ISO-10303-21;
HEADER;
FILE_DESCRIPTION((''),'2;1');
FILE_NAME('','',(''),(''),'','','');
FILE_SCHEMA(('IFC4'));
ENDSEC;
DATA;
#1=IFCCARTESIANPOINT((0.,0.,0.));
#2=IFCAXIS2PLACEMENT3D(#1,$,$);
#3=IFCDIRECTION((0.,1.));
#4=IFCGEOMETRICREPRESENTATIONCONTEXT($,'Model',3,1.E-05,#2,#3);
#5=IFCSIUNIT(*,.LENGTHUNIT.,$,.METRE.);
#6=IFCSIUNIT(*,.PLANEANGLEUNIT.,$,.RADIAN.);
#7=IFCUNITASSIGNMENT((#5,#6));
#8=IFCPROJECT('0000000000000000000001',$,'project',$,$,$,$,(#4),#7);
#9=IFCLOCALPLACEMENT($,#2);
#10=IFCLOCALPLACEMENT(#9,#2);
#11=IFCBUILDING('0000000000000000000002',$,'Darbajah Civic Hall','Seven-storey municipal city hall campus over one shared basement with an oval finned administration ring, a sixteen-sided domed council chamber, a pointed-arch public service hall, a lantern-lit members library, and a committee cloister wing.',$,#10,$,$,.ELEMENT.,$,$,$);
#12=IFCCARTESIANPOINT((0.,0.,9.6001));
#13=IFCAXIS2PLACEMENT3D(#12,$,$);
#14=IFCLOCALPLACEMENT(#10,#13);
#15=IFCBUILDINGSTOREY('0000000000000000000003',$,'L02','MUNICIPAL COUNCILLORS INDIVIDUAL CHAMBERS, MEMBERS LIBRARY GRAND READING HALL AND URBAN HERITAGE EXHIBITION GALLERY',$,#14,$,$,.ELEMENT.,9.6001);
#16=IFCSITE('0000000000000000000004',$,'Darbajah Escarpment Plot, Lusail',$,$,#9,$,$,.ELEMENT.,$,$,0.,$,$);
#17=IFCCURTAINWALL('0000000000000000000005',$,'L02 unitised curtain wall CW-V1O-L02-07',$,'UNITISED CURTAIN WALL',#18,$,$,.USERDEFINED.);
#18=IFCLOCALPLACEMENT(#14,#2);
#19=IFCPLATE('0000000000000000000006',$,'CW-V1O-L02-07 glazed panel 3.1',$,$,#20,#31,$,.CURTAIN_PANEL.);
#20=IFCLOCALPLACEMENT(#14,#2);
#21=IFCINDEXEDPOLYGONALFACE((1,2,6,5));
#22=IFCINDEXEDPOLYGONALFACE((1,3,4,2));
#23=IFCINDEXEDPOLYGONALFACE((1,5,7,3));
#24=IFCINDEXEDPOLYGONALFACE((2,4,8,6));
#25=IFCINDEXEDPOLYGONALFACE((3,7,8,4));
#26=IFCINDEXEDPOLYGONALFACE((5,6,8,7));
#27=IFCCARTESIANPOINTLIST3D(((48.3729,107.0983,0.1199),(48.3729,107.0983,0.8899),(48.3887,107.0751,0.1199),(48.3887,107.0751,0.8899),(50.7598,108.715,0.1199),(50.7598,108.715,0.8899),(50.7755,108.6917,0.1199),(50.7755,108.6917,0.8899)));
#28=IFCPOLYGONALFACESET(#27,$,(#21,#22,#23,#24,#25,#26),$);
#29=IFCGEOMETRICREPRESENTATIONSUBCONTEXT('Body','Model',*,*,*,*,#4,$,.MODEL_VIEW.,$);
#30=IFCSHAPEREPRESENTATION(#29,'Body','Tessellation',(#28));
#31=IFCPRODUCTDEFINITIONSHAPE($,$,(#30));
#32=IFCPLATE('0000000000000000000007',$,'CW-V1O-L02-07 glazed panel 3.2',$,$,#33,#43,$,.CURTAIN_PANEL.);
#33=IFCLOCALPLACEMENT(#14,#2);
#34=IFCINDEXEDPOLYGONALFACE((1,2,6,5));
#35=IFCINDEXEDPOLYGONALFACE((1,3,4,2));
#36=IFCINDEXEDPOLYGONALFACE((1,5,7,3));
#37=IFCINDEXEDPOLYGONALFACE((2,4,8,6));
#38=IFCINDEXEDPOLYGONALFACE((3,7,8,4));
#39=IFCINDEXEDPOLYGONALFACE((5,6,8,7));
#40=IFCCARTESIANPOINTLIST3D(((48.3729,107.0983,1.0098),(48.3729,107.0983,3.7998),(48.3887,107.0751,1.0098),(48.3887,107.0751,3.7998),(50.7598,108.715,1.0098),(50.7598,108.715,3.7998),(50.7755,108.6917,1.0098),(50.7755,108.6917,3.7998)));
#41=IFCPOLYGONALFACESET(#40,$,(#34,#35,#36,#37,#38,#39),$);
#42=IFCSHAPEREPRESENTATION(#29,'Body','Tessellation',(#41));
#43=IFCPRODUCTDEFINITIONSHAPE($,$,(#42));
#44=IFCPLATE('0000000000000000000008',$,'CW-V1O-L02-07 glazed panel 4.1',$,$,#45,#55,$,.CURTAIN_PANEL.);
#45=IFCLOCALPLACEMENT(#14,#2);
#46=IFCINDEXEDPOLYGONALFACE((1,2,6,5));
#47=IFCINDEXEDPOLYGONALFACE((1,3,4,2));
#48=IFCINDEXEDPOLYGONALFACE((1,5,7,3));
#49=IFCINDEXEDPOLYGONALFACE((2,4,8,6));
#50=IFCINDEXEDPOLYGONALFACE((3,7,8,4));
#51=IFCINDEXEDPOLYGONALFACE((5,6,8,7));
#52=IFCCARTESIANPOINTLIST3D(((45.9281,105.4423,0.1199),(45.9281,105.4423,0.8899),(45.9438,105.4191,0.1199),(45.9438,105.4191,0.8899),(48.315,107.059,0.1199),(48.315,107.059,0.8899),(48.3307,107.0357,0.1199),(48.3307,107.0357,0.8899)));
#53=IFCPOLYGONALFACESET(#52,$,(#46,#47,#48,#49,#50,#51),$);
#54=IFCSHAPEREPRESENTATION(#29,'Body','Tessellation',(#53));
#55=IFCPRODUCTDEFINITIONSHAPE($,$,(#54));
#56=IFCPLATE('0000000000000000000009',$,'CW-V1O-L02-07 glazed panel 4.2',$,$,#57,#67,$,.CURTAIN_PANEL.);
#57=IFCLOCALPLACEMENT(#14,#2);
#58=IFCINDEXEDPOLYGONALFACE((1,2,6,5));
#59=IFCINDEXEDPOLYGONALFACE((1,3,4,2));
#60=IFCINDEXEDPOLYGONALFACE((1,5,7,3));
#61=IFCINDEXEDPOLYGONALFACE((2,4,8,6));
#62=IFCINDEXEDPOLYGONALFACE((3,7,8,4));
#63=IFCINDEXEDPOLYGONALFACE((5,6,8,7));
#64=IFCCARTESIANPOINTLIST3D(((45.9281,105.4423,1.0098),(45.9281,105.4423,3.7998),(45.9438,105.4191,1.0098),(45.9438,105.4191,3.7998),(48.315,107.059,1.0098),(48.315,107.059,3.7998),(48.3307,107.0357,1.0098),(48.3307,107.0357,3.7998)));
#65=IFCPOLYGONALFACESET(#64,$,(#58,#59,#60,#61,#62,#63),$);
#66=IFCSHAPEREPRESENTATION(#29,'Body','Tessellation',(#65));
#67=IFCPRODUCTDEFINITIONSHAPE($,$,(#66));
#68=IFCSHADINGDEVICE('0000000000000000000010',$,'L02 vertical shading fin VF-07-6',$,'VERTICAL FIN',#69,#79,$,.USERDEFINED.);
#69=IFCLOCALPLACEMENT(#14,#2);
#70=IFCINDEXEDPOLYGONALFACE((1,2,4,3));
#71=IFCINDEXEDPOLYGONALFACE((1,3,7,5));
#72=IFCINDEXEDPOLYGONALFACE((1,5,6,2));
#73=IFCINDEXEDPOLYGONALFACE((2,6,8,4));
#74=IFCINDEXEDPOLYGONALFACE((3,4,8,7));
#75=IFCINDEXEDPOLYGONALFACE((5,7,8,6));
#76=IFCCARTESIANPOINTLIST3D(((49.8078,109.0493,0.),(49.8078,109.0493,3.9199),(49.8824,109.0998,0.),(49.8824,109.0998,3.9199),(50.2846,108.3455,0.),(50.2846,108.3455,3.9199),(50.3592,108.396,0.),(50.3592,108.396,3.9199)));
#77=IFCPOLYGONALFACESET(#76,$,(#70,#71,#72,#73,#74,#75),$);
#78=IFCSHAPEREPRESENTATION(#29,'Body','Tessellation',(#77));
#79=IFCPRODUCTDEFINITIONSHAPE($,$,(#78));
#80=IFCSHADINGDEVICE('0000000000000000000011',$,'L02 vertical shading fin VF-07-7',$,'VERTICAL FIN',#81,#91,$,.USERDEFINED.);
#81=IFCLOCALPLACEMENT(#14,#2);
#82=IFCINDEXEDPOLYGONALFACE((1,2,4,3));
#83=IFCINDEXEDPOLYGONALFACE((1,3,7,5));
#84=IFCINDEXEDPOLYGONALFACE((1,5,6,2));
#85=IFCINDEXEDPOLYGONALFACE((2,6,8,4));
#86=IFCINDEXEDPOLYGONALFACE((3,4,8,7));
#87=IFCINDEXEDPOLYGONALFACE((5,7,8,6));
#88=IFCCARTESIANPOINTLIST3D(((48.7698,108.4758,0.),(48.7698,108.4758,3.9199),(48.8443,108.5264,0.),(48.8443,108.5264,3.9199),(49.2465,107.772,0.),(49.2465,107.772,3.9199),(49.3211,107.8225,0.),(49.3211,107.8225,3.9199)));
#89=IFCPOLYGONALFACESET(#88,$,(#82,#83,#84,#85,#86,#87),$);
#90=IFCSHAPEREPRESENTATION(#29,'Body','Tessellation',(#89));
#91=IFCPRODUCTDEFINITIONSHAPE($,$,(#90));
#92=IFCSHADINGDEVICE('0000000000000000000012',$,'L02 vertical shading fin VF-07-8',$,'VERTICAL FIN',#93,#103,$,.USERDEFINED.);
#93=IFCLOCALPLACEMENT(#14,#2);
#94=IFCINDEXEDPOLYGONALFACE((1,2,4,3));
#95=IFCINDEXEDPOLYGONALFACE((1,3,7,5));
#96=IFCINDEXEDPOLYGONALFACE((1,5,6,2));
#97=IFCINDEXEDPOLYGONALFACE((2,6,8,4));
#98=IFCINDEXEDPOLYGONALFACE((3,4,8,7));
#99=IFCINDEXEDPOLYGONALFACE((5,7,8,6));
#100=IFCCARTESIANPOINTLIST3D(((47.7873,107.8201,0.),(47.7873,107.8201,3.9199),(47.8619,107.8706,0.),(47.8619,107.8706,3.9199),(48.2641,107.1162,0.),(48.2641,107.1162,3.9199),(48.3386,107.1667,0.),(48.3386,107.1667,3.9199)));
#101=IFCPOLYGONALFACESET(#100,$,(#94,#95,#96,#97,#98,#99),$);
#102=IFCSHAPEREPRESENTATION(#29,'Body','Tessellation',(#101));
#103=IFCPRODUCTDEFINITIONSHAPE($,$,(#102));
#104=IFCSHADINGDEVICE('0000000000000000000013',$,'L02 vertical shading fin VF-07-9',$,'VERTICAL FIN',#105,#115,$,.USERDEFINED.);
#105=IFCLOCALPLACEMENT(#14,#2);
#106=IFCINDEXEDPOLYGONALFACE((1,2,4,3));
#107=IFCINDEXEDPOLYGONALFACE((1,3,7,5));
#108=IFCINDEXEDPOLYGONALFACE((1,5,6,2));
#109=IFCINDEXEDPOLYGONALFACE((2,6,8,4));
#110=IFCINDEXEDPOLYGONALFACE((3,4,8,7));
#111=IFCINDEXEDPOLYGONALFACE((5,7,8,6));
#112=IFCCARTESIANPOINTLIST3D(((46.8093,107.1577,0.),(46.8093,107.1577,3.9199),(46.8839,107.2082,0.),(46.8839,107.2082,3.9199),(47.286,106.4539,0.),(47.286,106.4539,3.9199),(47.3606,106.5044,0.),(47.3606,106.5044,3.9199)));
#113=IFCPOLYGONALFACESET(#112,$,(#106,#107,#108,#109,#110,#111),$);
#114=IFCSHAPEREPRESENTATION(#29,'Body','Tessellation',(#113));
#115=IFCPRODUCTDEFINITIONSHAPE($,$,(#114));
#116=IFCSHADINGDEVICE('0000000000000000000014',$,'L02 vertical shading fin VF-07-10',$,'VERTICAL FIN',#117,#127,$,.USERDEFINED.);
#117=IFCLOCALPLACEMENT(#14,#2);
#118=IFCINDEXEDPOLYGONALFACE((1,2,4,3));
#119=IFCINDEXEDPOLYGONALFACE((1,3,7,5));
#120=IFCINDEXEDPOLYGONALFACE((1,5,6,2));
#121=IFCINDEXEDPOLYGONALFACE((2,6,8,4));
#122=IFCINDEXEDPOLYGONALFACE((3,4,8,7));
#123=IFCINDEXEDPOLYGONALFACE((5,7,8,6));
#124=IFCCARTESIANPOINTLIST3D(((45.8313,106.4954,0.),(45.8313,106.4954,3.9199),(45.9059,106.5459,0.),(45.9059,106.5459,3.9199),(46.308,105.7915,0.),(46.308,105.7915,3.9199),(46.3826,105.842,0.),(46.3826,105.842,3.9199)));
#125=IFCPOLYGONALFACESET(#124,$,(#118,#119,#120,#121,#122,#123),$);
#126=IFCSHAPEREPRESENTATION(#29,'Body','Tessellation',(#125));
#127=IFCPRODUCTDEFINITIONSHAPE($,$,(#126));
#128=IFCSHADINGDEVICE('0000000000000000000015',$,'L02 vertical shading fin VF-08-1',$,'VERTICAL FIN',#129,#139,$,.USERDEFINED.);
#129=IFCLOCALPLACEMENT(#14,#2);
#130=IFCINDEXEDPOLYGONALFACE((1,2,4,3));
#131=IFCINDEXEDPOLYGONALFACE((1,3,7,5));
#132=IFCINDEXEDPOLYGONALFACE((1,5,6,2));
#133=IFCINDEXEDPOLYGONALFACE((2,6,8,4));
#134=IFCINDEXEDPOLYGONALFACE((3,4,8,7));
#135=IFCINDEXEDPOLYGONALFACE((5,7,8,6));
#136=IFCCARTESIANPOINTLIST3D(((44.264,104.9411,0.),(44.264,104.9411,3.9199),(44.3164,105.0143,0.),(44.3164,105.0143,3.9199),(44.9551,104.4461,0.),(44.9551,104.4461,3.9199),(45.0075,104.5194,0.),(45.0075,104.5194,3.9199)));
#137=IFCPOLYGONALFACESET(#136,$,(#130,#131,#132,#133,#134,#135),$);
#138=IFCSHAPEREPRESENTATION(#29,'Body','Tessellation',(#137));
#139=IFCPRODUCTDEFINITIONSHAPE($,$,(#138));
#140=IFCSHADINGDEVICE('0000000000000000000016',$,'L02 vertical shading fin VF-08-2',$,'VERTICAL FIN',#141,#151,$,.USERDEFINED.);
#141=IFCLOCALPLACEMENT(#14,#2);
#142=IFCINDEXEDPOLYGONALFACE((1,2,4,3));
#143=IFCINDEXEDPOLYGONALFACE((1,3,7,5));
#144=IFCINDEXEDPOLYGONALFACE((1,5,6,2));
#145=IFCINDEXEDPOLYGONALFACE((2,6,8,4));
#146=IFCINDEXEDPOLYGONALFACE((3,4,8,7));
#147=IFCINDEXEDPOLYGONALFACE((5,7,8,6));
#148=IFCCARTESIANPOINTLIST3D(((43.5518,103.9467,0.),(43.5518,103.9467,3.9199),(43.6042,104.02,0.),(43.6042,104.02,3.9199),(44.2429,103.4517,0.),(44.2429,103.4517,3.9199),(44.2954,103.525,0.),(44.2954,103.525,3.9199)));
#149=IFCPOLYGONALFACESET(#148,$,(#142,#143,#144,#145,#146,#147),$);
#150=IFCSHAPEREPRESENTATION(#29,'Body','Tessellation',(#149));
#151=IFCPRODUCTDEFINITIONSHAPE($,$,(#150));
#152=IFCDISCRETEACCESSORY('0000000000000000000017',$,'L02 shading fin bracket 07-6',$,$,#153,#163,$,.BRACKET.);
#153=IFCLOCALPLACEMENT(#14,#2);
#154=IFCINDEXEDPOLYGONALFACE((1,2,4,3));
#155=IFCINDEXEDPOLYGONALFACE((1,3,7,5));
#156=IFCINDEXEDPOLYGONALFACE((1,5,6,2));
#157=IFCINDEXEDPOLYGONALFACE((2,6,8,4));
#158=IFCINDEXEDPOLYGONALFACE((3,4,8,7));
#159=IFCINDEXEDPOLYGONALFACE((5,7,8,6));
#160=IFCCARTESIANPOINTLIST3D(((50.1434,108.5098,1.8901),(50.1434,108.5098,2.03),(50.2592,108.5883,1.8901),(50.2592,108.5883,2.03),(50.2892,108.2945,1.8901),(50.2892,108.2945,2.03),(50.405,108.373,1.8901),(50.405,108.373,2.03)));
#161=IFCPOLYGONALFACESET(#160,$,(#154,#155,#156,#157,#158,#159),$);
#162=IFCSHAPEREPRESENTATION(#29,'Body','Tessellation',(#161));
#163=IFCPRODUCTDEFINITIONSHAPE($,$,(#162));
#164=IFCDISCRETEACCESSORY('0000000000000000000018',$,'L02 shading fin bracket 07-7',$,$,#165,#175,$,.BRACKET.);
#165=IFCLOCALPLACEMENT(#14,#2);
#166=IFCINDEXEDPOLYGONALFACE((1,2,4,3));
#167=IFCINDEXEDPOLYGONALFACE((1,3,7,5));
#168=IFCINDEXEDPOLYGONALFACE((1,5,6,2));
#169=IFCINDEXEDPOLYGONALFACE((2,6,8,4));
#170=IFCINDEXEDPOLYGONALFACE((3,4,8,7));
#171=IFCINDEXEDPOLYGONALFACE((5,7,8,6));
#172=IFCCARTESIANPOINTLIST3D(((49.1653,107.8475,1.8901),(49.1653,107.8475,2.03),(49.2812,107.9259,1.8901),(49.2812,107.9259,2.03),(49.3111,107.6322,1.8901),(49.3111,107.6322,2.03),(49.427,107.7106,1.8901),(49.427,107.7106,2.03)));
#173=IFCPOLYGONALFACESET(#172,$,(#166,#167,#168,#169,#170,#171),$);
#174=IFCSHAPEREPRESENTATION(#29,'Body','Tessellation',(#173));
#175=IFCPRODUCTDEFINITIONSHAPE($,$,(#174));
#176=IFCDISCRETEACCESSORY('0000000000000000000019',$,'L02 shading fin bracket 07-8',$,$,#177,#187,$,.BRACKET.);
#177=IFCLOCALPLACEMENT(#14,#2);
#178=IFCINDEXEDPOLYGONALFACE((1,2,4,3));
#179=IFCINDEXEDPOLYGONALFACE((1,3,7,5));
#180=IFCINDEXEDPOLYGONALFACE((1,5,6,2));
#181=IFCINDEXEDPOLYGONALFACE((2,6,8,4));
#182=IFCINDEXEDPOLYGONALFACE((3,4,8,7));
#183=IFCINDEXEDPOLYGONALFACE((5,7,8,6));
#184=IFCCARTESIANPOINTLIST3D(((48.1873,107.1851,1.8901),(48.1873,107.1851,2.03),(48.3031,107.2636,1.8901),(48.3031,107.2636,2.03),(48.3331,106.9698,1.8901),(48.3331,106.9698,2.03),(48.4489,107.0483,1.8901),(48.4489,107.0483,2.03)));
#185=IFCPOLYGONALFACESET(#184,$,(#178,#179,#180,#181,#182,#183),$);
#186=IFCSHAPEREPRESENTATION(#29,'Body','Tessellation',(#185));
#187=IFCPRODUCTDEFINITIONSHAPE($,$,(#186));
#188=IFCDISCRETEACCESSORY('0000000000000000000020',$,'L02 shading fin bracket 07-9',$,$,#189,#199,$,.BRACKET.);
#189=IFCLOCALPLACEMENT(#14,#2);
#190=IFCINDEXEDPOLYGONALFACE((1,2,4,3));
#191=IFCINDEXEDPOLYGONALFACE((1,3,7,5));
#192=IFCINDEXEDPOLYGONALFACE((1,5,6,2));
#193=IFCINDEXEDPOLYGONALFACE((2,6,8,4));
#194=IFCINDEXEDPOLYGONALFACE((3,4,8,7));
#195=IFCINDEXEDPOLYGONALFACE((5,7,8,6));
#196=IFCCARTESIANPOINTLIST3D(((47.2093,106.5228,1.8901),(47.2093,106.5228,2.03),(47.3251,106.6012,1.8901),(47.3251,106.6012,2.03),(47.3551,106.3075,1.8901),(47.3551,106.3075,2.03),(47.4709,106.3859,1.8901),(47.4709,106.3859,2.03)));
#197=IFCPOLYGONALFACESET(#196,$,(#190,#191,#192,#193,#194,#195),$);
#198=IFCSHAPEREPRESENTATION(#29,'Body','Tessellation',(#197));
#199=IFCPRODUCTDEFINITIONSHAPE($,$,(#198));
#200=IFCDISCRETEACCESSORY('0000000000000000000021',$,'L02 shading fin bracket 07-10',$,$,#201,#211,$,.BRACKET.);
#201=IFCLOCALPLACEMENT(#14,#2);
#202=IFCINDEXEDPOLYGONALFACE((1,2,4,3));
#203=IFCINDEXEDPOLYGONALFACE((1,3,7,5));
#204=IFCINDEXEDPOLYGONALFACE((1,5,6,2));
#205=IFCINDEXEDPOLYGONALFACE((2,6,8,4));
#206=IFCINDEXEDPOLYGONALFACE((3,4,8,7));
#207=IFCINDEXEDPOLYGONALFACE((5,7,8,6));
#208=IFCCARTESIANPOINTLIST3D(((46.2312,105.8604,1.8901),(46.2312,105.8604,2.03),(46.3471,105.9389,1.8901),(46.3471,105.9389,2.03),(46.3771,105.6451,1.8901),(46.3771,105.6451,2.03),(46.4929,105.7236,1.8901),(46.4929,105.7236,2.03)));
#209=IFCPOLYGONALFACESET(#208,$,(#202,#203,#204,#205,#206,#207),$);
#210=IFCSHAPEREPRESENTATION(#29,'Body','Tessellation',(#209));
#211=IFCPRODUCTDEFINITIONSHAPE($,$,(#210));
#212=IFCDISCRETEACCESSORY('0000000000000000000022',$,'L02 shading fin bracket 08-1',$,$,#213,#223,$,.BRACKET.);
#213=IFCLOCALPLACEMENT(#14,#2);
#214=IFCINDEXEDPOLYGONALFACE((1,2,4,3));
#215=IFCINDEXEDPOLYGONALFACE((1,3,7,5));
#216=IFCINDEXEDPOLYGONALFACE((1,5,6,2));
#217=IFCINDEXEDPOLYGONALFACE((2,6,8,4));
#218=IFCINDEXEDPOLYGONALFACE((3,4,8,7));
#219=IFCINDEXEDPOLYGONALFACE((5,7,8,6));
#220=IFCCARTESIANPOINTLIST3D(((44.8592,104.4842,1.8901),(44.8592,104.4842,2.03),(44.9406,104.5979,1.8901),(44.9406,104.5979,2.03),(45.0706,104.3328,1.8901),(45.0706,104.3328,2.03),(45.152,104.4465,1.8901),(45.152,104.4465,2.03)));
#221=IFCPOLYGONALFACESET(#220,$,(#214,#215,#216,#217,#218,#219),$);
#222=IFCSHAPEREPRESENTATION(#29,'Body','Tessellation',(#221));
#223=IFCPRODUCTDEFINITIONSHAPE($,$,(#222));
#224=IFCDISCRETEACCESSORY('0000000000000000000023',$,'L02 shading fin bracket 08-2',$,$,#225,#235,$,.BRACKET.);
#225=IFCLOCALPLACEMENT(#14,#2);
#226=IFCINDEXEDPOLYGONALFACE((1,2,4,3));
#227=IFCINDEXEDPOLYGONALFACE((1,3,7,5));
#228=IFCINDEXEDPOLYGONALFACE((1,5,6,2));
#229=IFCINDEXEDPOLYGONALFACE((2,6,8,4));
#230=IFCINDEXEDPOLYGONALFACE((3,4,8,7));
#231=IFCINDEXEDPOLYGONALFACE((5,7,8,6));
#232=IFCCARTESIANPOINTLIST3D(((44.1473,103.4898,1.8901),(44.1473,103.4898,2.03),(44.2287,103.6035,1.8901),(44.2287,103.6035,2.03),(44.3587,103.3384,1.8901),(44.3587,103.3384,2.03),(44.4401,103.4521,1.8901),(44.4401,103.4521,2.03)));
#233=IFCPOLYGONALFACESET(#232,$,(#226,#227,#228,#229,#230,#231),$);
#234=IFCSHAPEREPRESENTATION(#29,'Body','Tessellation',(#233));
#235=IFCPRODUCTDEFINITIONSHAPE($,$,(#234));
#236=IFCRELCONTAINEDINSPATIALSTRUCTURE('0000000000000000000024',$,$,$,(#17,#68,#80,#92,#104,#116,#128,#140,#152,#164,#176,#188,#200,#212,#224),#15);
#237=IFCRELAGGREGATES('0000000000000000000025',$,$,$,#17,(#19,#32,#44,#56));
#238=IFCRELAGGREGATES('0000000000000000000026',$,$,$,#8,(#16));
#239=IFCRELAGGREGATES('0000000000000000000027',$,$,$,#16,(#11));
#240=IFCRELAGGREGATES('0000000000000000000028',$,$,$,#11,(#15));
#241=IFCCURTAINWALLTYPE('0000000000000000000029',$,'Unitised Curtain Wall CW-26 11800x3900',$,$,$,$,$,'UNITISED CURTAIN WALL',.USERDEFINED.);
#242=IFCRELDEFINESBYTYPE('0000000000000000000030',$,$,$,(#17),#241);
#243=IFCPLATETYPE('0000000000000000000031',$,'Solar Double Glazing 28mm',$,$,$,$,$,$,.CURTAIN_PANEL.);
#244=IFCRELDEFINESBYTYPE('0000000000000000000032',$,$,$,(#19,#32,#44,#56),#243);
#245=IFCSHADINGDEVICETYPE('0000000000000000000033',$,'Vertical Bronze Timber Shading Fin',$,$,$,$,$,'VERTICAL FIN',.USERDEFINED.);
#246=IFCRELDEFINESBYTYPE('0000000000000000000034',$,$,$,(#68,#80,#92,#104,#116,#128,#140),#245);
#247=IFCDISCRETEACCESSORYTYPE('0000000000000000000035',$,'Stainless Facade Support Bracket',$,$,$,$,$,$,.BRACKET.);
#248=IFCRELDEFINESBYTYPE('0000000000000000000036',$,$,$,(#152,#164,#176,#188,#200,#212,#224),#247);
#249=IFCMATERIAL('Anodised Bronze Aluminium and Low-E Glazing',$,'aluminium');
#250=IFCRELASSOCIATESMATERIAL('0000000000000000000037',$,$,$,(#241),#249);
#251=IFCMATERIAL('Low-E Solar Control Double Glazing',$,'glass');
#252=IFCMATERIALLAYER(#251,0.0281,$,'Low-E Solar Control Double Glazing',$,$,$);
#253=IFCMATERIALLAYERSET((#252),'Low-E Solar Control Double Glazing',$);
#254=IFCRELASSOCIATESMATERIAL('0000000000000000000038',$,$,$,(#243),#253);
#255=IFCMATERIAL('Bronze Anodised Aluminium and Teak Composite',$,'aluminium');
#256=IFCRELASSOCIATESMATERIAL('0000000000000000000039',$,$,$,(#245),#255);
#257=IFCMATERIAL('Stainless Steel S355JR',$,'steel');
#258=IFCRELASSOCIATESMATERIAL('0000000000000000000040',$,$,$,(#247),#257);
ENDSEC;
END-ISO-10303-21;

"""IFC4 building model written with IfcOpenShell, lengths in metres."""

from ifc_helpers import new_model, si_unit, direction, frame, origin, origin_2d, place, context, subcontext, project, spatial, rectangle, extrude, material, layer, layer_set, type_object, element, aggregate, save


model = new_model("IFC4")

# Units and contexts
model_context = context("Model", 3, precision=1e-05, world=origin(), true_north=direction((0.0, 1.0)))
body_context = subcontext(model_context, "Body", "Model", "MODEL_VIEW")
ifc_project = project(units=[si_unit("LENGTHUNIT", "METRE"), si_unit("PLANEANGLEUNIT", "RADIAN")], contexts=[model_context])

# Site, building, storey
site_placement = place(None, origin())
site = spatial("IfcSite", under=ifc_project, at=site_placement, Name="Darbajah Escarpment Plot, Lusail", CompositionType="ELEMENT", RefElevation=0.0)
building_placement = place(site_placement, origin())
building = spatial("IfcBuilding", under=site, at=building_placement, Name="Darbajah Civic Hall", Description="Seven-storey municipal city hall campus over one shared basement with an oval finned administration ring, a sixteen-sided domed council chamber, a pointed-arch public service hall, a lantern-lit members library, and a committee cloister wing.", CompositionType="ELEMENT")
storey_placement = place(building_placement, frame((0.0, 0.0, 9.6001)))
storey = spatial("IfcBuildingStorey", under=building, at=storey_placement, Name="L02", Description="MUNICIPAL COUNCILLORS INDIVIDUAL CHAMBERS, MEMBERS LIBRARY GRAND READING HALL AND URBAN HERITAGE EXHIBITION GALLERY", CompositionType="ELEMENT", Elevation=9.6001)

# Curtain wall
ifc_material_1 = material(Name="Anodised Bronze Aluminium and Low-E Glazing", Category="aluminium")
curtain_wall_type_1 = type_object("IfcCurtainWallType", Name="Unitised Curtain Wall CW-26 11800x3900", ElementType="UNITISED CURTAIN WALL", PredefinedType="USERDEFINED", material=ifc_material_1)
curtain_wall_1_placement = place(storey_placement, origin())
curtain_wall_1 = element("IfcCurtainWall", 1, at=curtain_wall_1_placement, inside=storey, type_object=curtain_wall_type_1, Name="L02 unitised curtain wall CW-V1O-L02-07", ObjectType="UNITISED CURTAIN WALL", PredefinedType="USERDEFINED")

# Plates
ifc_material_2 = material(Name="Low-E Solar Control Double Glazing", Category="glass")
ifc_layer_1 = layer(ifc_material_2, 0.0281, Name="Low-E Solar Control Double Glazing")
ifc_layer_set_1 = layer_set([ifc_layer_1], Name="Low-E Solar Control Double Glazing")
plate_type_1 = type_object("IfcPlateType", Name="Solar Double Glazing 28mm", PredefinedType="CURTAIN_PANEL", material=ifc_layer_set_1)
plate_1_placement = place(storey_placement, frame((49.5742, 107.895, 0.1199), z_axis=(0.0, 0.0, 1.0), x_axis=(-0.827962, -0.560784, 0.0)))
plate_1 = element("IfcPlate", 2, at=plate_1_placement, type_object=plate_type_1, Name="CW-V1O-L02-07 glazed panel 3.1", PredefinedType="CURTAIN_PANEL", context=body_context, shape_type="SweptSolid", body=[
    extrude(rectangle(XDim=2.8828, YDim=0.0281, at=origin_2d()), origin(), (0.0, 0.0, 1.0), 0.77),
])
plate_2_placement = place(storey_placement, frame((49.5742, 107.895, 1.0098), z_axis=(0.0, 0.0, 1.0), x_axis=(-0.827962, -0.560784, 0.0)))
plate_2 = element("IfcPlate", 3, at=plate_2_placement, type_object=plate_type_1, Name="CW-V1O-L02-07 glazed panel 3.2", PredefinedType="CURTAIN_PANEL", context=body_context, shape_type="SweptSolid", body=[
    extrude(rectangle(XDim=2.8828, YDim=0.0281, at=origin_2d()), origin(), (0.0, 0.0, 1.0), 2.79),
])
plate_3_placement = place(storey_placement, frame((47.1294, 106.239, 0.1199), z_axis=(0.0, 0.0, 1.0), x_axis=(-0.827962, -0.560784, 0.0)))
plate_3 = element("IfcPlate", 4, at=plate_3_placement, type_object=plate_type_1, Name="CW-V1O-L02-07 glazed panel 4.1", PredefinedType="CURTAIN_PANEL", context=body_context, shape_type="SweptSolid", body=[
    extrude(rectangle(XDim=2.8828, YDim=0.0281, at=origin_2d()), origin(), (0.0, 0.0, 1.0), 0.77),
])
plate_4_placement = place(storey_placement, frame((47.1294, 106.239, 1.0098), z_axis=(0.0, 0.0, 1.0), x_axis=(-0.827962, -0.560784, 0.0)))
plate_4 = element("IfcPlate", 5, at=plate_4_placement, type_object=plate_type_1, Name="CW-V1O-L02-07 glazed panel 4.2", PredefinedType="CURTAIN_PANEL", context=body_context, shape_type="SweptSolid", body=[
    extrude(rectangle(XDim=2.8828, YDim=0.0281, at=origin_2d()), origin(), (0.0, 0.0, 1.0), 2.79),
])
aggregate(curtain_wall_1, [plate_1, plate_2, plate_3, plate_4])

# Shading devices
ifc_material_3 = material(Name="Bronze Anodised Aluminium and Teak Composite", Category="aluminium")
shading_device_type = type_object("IfcShadingDeviceType", Name="Vertical Bronze Timber Shading Fin", ElementType="VERTICAL FIN", PredefinedType="USERDEFINED", material=ifc_material_3)
for number, where, z_axis, x_axis, name in (
    (6, (50.0835, 108.7227, 0.0), (0.0, 0.0, 1.0), (-0.560784, 0.827962, 0.0), "L02 vertical shading fin VF-07-6"),
    (7, (49.0454, 108.1492, 0.0), (0.0, 0.0, 1.0), (-0.560784, 0.827962, 0.0), "L02 vertical shading fin VF-07-7"),
    (8, (48.063, 107.4934, 0.0), (0.0, 0.0, 1.0), (-0.560784, 0.827962, 0.0), "L02 vertical shading fin VF-07-8"),
    (9, (47.085, 106.8311, 0.0), (0.0, 0.0, 1.0), (-0.560784, 0.827962, 0.0), "L02 vertical shading fin VF-07-9"),
    (10, (46.1069, 106.1687, 0.0), (0.0, 0.0, 1.0), (-0.560784, 0.827962, 0.0), "L02 vertical shading fin VF-07-10"),
    (11, (44.6357, 104.7302, 0.0), (0.0, 0.0, 1.0), (-0.812999, 0.582265, 0.0), "L02 vertical shading fin VF-08-1"),
    (12, (43.9236, 103.7358, 0.0), (0.0, 0.0, 1.0), (-0.812999, 0.582265, 0.0), "L02 vertical shading fin VF-08-2"),
):
    element("IfcShadingDevice", number, at=place(storey_placement, frame(where, z_axis=z_axis, x_axis=x_axis)), inside=storey, type_object=shading_device_type, Name=name, ObjectType="VERTICAL FIN", PredefinedType="USERDEFINED", context=body_context, shape_type="SweptSolid", body=[
        extrude(rectangle(XDim=0.8501, YDim=0.0901, at=origin_2d()), origin(), (0.0, 0.0, 1.0), 3.9199),
    ])

# Discrete accessories
ifc_material_4 = material(Name="Stainless Steel S355JR", Category="steel")
discrete_accessory_type = type_object("IfcDiscreteAccessoryType", Name="Stainless Facade Support Bracket", PredefinedType="BRACKET", material=ifc_material_4)
for number, where, z_axis, x_axis, name in (
    (13, (50.2742, 108.4414, 1.8901), (0.0, 0.0, 1.0), (-0.560784, 0.827962, 0.0), "L02 shading fin bracket 07-6"),
    (14, (49.2961, 107.7791, 1.8901), (0.0, 0.0, 1.0), (-0.560784, 0.827962, 0.0), "L02 shading fin bracket 07-7"),
    (15, (48.3181, 107.1167, 1.8901), (0.0, 0.0, 1.0), (-0.560784, 0.827962, 0.0), "L02 shading fin bracket 07-8"),
    (16, (47.3401, 106.4543, 1.8901), (0.0, 0.0, 1.0), (-0.560784, 0.827962, 0.0), "L02 shading fin bracket 07-9"),
    (17, (46.3621, 105.792, 1.8901), (0.0, 0.0, 1.0), (-0.560784, 0.827962, 0.0), "L02 shading fin bracket 07-10"),
    (18, (45.0056, 104.4653, 1.8901), (0.0, 0.0, 1.0), (-0.812999, 0.582265, 0.0), "L02 shading fin bracket 08-1"),
    (19, (44.2937, 103.4709, 1.8901), (0.0, 0.0, 1.0), (-0.812999, 0.582265, 0.0), "L02 shading fin bracket 08-2"),
):
    element("IfcDiscreteAccessory", number, at=place(storey_placement, frame(where, z_axis=z_axis, x_axis=x_axis)), inside=storey, type_object=discrete_accessory_type, Name=name, PredefinedType="BRACKET", context=body_context, shape_type="SweptSolid", body=[
        extrude(rectangle(XDim=0.26, YDim=0.1399, at=origin_2d()), origin(), (0.0, 0.0, 1.0), 0.1399),
    ])

save(model, "model.ifc")
